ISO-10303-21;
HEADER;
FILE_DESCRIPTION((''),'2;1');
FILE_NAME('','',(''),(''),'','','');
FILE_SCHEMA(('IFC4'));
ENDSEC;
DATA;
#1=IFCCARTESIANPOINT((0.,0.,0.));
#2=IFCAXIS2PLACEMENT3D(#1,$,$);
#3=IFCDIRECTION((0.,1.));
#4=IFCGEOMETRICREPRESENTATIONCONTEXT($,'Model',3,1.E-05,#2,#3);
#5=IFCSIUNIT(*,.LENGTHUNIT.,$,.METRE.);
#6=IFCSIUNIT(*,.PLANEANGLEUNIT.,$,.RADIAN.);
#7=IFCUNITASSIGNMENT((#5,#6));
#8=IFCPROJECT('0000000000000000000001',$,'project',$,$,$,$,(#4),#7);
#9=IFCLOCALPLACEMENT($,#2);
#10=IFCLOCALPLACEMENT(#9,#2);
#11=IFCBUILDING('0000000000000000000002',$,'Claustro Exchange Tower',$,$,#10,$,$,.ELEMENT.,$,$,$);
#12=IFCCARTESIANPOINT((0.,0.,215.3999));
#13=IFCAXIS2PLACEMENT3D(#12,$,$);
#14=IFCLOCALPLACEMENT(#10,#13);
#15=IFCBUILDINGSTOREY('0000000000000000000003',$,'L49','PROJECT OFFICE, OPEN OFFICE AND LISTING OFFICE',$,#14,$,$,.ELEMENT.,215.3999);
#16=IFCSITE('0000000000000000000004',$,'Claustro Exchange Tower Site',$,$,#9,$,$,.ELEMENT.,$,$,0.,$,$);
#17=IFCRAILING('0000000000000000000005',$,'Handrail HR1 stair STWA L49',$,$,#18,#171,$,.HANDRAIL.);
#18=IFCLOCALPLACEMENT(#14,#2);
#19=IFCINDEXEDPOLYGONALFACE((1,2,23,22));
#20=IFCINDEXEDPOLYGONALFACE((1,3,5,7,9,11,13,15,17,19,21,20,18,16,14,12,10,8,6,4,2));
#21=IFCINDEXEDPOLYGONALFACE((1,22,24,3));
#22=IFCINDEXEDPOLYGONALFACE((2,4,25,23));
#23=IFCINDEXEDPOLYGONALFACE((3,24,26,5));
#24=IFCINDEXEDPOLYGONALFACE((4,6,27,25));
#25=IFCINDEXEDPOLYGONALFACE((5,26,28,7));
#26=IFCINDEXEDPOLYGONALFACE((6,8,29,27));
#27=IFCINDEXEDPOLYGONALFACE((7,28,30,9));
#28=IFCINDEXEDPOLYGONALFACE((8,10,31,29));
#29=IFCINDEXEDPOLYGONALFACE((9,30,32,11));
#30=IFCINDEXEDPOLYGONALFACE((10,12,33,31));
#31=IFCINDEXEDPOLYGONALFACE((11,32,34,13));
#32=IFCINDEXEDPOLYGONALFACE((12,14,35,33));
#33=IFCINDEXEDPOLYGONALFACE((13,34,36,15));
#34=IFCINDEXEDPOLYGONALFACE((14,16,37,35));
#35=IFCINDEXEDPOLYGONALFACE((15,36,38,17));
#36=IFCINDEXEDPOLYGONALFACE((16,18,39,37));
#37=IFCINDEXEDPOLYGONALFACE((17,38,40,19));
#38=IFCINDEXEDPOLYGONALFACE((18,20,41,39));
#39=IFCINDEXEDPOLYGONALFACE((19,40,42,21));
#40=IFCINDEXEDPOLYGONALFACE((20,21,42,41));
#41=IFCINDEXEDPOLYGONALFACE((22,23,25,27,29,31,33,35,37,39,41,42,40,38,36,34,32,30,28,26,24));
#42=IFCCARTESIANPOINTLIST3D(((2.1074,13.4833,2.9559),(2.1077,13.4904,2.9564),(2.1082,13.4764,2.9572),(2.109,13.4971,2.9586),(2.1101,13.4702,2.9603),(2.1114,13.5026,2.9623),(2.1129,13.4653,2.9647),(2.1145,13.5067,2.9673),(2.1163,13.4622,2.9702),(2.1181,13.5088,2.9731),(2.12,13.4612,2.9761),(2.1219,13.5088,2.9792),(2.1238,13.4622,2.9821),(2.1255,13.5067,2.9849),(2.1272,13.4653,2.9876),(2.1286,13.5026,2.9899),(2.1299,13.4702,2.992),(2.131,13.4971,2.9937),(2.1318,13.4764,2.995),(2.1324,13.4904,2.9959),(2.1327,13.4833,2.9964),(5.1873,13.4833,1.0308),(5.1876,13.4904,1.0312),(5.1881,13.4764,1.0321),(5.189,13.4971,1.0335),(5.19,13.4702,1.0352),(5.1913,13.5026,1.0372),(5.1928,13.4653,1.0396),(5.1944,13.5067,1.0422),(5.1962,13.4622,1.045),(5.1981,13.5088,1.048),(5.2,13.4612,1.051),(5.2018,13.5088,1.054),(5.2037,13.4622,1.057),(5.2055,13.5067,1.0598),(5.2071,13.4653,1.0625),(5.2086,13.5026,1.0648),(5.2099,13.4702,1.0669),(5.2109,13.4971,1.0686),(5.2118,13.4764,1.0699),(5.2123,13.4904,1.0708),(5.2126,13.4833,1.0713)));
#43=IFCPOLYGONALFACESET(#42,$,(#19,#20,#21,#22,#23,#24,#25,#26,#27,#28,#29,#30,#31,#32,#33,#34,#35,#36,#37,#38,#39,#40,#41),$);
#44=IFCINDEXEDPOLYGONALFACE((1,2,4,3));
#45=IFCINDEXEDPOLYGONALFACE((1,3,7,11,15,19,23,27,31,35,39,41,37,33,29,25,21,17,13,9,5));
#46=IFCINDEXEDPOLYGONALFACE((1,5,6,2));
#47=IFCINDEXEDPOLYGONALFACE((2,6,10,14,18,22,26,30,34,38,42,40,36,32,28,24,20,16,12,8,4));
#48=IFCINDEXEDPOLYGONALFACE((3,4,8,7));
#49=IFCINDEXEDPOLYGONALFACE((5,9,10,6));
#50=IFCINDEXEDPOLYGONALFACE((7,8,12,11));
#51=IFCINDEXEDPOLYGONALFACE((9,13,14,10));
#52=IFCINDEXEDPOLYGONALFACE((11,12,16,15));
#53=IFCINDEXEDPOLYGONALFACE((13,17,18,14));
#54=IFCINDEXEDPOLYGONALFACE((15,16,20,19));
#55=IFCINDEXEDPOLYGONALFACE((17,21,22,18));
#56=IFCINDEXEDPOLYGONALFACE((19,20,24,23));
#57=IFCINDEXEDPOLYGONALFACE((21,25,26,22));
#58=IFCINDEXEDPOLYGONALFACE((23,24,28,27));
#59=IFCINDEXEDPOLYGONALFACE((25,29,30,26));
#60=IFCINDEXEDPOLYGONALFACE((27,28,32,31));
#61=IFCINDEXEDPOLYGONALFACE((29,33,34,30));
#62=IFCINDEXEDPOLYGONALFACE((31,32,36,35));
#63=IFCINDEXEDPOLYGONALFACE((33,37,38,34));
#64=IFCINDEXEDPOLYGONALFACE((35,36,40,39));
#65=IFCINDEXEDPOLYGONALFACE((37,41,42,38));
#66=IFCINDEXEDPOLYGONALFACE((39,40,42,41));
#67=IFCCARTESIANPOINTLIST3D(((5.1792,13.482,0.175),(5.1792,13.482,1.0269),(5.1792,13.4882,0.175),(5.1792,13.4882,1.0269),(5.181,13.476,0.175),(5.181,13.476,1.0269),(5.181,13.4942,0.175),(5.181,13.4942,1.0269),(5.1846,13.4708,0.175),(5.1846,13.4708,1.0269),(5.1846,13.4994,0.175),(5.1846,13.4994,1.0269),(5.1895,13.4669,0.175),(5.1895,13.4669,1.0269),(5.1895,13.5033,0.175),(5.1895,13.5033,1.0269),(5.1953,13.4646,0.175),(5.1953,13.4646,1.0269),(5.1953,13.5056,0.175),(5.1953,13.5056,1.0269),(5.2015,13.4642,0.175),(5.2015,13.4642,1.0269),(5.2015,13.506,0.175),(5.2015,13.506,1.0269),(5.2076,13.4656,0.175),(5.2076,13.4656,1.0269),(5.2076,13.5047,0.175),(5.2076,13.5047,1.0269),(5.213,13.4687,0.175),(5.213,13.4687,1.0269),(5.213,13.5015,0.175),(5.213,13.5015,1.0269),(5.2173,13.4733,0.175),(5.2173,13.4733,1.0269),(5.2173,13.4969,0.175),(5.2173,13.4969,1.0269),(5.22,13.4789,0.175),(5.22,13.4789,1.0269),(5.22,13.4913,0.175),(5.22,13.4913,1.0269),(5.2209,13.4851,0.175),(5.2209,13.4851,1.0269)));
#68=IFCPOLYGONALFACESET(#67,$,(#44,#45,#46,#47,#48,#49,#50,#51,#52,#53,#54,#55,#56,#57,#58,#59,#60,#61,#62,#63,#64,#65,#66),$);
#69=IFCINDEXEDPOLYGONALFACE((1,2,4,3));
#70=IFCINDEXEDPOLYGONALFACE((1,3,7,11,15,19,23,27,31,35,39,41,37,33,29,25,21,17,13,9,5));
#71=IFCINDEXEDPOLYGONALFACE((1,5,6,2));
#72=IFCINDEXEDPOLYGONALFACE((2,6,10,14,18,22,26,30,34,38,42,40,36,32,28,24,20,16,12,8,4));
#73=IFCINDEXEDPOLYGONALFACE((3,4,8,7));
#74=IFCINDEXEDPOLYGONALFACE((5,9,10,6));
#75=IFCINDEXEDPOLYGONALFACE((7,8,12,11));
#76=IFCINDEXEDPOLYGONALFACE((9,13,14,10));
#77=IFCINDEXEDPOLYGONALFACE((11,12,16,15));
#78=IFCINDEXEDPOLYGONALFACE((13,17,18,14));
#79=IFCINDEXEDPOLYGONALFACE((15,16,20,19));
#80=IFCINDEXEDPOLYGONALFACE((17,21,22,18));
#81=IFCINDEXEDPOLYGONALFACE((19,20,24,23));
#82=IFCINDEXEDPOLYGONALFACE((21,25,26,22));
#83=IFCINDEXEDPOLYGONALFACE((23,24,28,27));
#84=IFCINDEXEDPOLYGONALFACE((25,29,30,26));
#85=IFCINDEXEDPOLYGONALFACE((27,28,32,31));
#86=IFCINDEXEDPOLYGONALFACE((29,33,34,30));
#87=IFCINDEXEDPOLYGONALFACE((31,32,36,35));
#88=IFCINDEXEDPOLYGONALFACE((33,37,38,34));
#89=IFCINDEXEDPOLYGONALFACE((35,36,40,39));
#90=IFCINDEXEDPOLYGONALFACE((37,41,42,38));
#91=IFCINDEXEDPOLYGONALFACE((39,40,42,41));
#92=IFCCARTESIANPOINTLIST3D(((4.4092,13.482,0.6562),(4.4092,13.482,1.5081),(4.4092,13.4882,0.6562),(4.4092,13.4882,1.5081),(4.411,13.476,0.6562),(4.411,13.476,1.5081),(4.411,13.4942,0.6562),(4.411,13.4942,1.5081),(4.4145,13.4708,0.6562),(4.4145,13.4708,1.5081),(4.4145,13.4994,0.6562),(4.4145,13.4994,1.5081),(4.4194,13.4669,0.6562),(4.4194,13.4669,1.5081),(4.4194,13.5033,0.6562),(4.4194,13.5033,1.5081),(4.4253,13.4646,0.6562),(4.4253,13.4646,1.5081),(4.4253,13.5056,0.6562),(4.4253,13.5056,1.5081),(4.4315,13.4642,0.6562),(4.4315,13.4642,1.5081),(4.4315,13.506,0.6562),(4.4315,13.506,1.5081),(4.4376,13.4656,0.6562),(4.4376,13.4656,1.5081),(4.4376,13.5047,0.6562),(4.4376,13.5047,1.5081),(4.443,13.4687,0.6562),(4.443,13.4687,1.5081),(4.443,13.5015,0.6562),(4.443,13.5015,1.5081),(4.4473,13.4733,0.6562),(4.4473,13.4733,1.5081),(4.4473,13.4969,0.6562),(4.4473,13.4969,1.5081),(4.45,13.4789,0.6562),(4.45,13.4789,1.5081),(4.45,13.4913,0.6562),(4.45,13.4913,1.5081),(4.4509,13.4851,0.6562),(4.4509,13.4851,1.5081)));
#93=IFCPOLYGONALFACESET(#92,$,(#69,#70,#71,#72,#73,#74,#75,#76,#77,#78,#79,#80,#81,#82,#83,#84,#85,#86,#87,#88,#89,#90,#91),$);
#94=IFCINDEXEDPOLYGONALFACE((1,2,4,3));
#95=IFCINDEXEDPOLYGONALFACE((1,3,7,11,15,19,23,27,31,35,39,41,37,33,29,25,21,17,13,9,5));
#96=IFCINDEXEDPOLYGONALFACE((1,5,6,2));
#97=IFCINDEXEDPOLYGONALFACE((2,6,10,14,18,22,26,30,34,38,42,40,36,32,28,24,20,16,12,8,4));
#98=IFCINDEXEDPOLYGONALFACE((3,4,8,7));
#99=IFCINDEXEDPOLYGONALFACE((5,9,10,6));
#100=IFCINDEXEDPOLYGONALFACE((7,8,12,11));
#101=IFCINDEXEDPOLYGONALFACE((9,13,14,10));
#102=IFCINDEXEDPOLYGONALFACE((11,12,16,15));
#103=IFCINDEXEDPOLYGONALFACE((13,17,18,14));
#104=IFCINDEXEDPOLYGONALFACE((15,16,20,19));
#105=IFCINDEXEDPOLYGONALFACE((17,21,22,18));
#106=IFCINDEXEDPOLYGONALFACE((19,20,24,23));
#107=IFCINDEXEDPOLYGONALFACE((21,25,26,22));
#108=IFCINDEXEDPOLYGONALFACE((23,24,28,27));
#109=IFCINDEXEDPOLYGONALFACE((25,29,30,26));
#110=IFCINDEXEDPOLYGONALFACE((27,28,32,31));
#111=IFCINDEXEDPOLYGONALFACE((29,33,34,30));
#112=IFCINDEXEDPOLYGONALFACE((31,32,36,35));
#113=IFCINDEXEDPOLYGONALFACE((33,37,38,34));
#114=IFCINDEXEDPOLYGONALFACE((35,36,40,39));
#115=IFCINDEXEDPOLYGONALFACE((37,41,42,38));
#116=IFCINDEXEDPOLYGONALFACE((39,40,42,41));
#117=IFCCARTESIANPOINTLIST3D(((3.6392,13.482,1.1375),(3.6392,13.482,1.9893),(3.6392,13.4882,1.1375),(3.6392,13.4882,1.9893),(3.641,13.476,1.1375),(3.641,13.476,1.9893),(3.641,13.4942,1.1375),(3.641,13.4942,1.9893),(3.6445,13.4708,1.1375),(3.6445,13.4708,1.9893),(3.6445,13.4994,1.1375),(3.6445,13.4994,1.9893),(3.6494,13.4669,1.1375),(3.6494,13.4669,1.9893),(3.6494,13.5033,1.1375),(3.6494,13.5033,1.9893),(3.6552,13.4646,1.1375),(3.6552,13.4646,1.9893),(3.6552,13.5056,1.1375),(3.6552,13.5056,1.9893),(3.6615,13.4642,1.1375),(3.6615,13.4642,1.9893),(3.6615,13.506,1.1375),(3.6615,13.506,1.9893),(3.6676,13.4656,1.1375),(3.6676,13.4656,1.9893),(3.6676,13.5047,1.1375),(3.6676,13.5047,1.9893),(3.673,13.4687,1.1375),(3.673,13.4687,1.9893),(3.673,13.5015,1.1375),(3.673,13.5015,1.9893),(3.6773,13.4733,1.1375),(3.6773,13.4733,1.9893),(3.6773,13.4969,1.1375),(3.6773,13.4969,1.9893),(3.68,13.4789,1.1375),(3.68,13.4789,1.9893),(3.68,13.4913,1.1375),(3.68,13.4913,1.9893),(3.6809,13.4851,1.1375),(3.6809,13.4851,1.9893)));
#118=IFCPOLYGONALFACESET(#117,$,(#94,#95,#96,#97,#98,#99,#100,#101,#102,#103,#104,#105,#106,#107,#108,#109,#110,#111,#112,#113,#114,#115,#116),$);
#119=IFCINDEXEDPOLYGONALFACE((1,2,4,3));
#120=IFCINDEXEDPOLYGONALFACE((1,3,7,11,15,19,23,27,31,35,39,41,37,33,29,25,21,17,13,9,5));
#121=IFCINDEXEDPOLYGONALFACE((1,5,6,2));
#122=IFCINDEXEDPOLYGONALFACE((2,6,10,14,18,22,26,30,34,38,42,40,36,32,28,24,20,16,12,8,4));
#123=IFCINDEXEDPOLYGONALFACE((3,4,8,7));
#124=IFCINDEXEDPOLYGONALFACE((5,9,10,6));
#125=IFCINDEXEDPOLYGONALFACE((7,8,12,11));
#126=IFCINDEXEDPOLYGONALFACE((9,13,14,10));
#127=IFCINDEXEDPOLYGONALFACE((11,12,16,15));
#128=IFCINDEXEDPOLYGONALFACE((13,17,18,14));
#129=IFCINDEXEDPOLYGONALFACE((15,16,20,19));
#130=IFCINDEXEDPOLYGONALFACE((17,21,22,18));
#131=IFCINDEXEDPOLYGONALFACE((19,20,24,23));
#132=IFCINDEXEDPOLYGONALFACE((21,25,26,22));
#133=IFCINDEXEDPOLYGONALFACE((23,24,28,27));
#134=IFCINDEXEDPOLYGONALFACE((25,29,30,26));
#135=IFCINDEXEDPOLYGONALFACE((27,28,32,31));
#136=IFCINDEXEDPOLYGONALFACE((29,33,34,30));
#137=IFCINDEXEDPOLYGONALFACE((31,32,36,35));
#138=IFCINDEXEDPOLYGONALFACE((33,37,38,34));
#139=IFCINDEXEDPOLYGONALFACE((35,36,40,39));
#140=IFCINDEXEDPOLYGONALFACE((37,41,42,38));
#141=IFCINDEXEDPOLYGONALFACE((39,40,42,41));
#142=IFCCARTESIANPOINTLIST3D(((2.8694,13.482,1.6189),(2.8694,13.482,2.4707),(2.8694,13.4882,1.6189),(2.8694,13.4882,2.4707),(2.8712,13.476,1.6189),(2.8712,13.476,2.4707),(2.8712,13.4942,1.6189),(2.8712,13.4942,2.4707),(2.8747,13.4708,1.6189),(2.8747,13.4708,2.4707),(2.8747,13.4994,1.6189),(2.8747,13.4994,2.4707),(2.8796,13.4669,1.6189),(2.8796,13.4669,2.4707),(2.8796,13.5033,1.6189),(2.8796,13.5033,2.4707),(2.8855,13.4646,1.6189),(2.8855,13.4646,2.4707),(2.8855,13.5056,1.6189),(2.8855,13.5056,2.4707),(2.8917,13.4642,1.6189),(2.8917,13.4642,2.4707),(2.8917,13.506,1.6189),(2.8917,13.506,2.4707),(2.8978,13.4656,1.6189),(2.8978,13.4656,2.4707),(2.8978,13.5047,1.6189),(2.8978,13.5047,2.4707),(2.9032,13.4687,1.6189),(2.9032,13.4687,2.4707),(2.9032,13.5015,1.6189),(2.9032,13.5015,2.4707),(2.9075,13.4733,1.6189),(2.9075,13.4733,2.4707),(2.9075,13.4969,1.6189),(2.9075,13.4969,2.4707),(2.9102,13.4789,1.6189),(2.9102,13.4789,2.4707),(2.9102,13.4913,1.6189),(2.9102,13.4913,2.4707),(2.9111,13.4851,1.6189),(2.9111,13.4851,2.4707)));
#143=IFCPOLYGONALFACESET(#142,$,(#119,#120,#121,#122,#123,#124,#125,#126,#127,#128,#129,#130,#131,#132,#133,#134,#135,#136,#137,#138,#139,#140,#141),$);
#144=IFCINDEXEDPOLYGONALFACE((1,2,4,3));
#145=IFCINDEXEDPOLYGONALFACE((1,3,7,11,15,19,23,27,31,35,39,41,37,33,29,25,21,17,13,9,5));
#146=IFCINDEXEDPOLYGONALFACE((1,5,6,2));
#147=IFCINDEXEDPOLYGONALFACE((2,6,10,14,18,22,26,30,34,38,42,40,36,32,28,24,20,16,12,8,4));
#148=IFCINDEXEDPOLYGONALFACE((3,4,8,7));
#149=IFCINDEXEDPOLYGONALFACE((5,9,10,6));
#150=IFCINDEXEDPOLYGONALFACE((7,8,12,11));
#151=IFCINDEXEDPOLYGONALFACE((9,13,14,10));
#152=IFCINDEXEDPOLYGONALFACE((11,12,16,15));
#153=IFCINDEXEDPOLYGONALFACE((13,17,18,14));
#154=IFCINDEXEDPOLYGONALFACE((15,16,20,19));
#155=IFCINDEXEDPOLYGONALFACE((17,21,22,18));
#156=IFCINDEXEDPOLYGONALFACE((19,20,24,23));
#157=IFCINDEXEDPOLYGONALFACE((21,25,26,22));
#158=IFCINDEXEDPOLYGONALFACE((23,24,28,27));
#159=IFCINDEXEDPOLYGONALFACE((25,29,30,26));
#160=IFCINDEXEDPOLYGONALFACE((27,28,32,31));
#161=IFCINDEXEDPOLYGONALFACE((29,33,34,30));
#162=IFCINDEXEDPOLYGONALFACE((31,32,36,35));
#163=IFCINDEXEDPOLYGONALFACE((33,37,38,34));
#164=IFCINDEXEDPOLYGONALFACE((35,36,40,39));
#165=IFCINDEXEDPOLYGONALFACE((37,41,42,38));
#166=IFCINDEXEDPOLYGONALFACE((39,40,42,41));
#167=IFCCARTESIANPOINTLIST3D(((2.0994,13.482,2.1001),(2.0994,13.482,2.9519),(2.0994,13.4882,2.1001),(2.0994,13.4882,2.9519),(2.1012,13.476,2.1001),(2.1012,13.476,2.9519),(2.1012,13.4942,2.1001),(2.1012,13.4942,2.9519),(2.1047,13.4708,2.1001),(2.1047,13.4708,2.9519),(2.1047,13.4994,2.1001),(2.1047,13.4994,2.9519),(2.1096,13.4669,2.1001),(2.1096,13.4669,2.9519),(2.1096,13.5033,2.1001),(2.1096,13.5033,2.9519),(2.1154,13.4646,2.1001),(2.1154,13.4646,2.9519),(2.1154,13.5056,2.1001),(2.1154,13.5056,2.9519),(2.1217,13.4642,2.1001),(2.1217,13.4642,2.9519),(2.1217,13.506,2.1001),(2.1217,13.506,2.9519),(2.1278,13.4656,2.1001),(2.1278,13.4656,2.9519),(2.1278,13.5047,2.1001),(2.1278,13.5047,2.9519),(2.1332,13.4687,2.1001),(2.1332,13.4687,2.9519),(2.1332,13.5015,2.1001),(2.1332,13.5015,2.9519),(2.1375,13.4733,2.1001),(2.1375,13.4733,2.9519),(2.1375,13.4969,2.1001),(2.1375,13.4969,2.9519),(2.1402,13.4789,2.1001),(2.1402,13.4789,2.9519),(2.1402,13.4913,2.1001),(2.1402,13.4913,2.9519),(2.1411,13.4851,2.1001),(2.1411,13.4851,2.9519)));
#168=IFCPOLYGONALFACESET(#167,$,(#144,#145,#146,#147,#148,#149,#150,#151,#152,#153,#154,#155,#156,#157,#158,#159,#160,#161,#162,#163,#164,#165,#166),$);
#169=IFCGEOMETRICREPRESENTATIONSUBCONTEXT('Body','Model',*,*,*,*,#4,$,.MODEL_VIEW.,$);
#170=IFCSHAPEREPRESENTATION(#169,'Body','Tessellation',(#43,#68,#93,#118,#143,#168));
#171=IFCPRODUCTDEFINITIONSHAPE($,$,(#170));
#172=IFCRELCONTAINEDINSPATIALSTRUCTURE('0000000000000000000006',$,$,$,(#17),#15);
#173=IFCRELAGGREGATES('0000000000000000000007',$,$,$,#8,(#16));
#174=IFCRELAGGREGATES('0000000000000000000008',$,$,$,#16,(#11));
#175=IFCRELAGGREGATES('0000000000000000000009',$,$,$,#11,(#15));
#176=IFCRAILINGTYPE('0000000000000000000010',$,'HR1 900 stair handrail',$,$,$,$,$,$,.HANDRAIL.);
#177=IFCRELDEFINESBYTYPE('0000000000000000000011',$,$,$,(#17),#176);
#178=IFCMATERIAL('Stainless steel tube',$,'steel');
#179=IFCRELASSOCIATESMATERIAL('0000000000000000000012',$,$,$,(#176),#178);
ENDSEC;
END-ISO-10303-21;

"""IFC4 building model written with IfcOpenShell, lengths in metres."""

from ifc_helpers import new_model, si_unit, direction, frame, origin, origin_2d, place, context, subcontext, project, spatial, circle, extrude, material, type_object, element, save


model = new_model("IFC4")

# Units and contexts
model_context = context("Model", 3, precision=1e-05, world=origin(), true_north=direction((0.0, 1.0)))
body_context = subcontext(model_context, "Body", "Model", "MODEL_VIEW")
ifc_project = project(units=[si_unit("LENGTHUNIT", "METRE"), si_unit("PLANEANGLEUNIT", "RADIAN")], contexts=[model_context])

# Site, building, storey
site_placement = place(None, origin())
site = spatial("IfcSite", under=ifc_project, at=site_placement, Name="Claustro Exchange Tower Site", CompositionType="ELEMENT", RefElevation=0.0)
building_placement = place(site_placement, origin())
building = spatial("IfcBuilding", under=site, at=building_placement, Name="Claustro Exchange Tower", CompositionType="ELEMENT")
storey_placement = place(building_placement, frame((0.0, 0.0, 215.3999)))
storey = spatial("IfcBuildingStorey", under=building, at=storey_placement, Name="L49", Description="PROJECT OFFICE, OPEN OFFICE AND LISTING OFFICE", CompositionType="ELEMENT", Elevation=215.3999)

# Railing
ifc_material_1 = material(Name="Stainless steel tube", Category="steel")
railing_type_1 = type_object("IfcRailingType", Name="HR1 900 stair handrail", PredefinedType="HANDRAIL", material=ifc_material_1)
railing_1_placement = place(storey_placement, frame((5.2, 13.4851, 0.175)))
element("IfcRailing", 1, at=railing_1_placement, inside=storey, type_object=railing_type_1, Name="Handrail HR1 stair STWA L49", PredefinedType="HANDRAIL", context=body_context, shape_type="SweptSolid", body=[
    extrude(circle(Radius=0.0239, at=origin_2d()), frame((0.0, 0.0, 0.876), z_axis=(-0.847979, 0.0, 0.530029), x_axis=(0.0, -1.0, 0.0)), (0.0, 0.0, 1.0), 3.6321),
    extrude(circle(Radius=0.021, at=origin_2d()), origin(), (0.0, 0.0, 1.0), 0.8518),
    extrude(circle(Radius=0.021, at=origin_2d()), frame((-0.77, 0.0, 0.4812)), (0.0, 0.0, 1.0), 0.8518),
    extrude(circle(Radius=0.021, at=origin_2d()), frame((-1.54, 0.0, 0.9624)), (0.0, 0.0, 1.0), 0.8518),
    extrude(circle(Radius=0.021, at=origin_2d()), frame((-2.3098, 0.0, 1.4438)), (0.0, 0.0, 1.0), 0.8518),
    extrude(circle(Radius=0.021, at=origin_2d()), frame((-3.0798, 0.0, 1.925)), (0.0, 0.0, 1.0), 0.8518),
])

save(model, "model.ifc")
